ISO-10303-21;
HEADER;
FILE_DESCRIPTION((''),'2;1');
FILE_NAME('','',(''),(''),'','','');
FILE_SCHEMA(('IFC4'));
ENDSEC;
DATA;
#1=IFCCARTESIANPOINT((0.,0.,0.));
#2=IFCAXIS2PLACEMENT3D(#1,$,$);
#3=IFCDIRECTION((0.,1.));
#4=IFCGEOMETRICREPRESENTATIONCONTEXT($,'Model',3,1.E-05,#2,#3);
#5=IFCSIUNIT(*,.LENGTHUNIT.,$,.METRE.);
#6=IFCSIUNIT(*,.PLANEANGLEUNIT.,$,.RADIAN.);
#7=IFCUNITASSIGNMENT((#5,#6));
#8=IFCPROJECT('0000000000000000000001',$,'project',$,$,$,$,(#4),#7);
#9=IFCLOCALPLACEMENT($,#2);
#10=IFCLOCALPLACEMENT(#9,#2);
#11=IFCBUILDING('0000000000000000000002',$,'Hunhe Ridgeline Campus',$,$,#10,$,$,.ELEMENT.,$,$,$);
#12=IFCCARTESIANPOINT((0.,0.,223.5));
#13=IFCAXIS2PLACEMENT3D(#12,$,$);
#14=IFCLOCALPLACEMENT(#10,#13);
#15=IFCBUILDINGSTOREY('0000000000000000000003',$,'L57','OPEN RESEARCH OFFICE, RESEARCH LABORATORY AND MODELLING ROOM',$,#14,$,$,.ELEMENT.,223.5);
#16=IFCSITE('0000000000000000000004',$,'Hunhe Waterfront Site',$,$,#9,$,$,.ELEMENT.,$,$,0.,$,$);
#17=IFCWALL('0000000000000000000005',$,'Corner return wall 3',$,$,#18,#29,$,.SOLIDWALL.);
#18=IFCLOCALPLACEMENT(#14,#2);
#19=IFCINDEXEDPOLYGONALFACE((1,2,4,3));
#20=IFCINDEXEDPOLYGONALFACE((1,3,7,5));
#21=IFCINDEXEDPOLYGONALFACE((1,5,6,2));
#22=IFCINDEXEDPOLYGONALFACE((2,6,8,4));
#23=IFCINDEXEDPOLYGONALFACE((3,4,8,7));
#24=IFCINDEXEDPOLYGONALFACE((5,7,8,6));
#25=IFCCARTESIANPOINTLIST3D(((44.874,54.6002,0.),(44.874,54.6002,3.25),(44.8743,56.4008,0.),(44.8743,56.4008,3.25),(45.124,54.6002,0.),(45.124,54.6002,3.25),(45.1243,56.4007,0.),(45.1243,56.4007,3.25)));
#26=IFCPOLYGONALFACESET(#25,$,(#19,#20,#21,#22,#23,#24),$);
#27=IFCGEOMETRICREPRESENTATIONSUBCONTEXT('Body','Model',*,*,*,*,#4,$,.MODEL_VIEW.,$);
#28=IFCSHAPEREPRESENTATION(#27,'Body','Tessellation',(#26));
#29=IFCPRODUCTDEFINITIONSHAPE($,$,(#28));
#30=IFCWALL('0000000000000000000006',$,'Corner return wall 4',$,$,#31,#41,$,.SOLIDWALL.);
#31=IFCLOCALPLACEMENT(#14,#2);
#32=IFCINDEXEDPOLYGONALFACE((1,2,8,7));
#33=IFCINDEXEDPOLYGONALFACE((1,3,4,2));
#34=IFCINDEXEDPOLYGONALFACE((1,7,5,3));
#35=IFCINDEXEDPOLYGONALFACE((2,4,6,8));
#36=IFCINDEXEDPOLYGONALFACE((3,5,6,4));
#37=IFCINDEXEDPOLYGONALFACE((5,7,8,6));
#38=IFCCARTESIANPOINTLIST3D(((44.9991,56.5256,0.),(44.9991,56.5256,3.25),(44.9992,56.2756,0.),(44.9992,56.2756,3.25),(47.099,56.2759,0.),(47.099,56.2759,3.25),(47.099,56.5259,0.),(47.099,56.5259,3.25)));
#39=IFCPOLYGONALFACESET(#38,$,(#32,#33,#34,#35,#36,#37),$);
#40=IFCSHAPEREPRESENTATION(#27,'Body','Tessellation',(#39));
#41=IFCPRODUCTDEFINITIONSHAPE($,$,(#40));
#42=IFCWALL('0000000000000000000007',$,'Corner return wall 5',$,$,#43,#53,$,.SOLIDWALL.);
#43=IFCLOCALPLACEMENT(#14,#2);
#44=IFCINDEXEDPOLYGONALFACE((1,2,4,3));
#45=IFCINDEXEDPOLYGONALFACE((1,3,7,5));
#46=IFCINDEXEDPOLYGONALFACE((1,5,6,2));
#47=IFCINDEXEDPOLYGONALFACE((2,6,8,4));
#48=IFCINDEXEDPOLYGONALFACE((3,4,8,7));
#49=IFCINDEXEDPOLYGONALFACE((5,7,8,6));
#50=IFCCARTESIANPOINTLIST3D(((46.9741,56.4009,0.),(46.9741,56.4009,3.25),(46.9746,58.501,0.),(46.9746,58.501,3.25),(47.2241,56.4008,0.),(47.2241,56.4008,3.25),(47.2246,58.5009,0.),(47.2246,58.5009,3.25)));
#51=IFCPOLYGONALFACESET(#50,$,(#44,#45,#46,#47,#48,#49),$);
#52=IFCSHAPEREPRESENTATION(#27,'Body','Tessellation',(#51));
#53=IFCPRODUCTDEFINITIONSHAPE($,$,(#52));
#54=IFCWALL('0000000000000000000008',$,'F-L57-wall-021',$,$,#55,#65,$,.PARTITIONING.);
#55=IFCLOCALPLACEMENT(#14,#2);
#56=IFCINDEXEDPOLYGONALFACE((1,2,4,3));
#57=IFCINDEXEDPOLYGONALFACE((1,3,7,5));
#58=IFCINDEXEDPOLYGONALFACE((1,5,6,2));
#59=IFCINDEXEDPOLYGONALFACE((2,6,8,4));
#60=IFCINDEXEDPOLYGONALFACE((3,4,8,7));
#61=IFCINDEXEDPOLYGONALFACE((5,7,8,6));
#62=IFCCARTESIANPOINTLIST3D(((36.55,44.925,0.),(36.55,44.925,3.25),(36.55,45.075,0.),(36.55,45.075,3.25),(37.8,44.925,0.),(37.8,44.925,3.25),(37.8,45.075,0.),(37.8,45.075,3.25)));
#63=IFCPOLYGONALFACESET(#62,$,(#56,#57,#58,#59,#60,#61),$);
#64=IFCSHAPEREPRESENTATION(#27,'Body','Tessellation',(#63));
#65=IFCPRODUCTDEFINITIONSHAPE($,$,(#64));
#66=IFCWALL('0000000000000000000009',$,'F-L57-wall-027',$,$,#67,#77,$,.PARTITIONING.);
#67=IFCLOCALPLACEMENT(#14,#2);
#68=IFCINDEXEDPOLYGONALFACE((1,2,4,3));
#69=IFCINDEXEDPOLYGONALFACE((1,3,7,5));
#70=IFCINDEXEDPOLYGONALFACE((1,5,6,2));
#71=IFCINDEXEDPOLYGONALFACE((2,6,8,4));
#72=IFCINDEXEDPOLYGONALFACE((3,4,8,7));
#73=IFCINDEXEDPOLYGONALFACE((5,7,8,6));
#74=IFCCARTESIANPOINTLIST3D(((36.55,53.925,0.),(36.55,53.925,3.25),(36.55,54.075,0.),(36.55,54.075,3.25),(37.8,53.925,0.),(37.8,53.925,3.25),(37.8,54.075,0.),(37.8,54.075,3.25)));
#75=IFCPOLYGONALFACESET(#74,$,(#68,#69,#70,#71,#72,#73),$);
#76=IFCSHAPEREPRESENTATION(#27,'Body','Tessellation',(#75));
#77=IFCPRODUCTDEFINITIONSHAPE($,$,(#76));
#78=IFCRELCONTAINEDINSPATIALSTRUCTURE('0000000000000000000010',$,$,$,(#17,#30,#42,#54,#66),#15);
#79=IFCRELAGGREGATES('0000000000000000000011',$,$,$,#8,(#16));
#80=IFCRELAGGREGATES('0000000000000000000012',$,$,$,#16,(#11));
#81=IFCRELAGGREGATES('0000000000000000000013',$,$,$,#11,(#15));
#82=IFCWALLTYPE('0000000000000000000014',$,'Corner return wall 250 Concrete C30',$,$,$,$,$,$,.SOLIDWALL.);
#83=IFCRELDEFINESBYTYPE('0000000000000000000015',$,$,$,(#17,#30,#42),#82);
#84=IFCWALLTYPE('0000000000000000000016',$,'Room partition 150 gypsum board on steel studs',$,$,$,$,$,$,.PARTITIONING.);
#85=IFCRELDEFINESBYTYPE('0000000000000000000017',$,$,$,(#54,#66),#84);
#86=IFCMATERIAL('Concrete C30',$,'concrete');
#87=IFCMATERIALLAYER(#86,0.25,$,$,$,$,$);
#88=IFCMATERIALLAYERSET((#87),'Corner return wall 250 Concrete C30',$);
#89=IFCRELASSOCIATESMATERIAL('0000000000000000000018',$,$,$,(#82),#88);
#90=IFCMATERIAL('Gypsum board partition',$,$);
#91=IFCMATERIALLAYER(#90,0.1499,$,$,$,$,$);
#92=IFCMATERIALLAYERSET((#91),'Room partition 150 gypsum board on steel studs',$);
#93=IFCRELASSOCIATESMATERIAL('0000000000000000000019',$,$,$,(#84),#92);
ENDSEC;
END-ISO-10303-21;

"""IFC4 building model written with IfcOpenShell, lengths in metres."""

from ifc_helpers import new_model, si_unit, direction, frame, frame_2d, origin, place, context, subcontext, project, spatial, rectangle, extrude, material, layer, layer_set, type_object, element, save


model = new_model("IFC4")

# Units and contexts
model_context = context("Model", 3, precision=1e-05, world=origin(), true_north=direction((0.0, 1.0)))
body_context = subcontext(model_context, "Body", "Model", "MODEL_VIEW")
ifc_project = project(units=[si_unit("LENGTHUNIT", "METRE"), si_unit("PLANEANGLEUNIT", "RADIAN")], contexts=[model_context])

# Site, building, storey
site_placement = place(None, origin())
site = spatial("IfcSite", under=ifc_project, at=site_placement, Name="Hunhe Waterfront Site", CompositionType="ELEMENT", RefElevation=0.0)
building_placement = place(site_placement, origin())
building = spatial("IfcBuilding", under=site, at=building_placement, Name="Hunhe Ridgeline Campus", CompositionType="ELEMENT")
storey_placement = place(building_placement, frame((0.0, 0.0, 223.5)))
storey = spatial("IfcBuildingStorey", under=building, at=storey_placement, Name="L57", Description="OPEN RESEARCH OFFICE, RESEARCH LABORATORY AND MODELLING ROOM", CompositionType="ELEMENT", Elevation=223.5)

# Walls
ifc_material_1 = material(Name="Concrete C30", Category="concrete")
ifc_layer_1 = layer(ifc_material_1, 0.25)
ifc_layer_set_1 = layer_set([ifc_layer_1], Name="Corner return wall 250 Concrete C30")
wall_type_1 = type_object("IfcWallType", Name="Corner return wall 250 Concrete C30", PredefinedType="SOLIDWALL", material=ifc_layer_set_1)
wall_1_placement = place(storey_placement, frame((44.999, 54.6001, 0.0), z_axis=(0.0, 0.0, 1.0), x_axis=(0.000136, 1.0, 0.0)))
element("IfcWall", 1, at=wall_1_placement, inside=storey, type_object=wall_type_1, Name="Corner return wall 3", PredefinedType="SOLIDWALL", context=body_context, shape_type="SweptSolid", body=[
    extrude(rectangle(XDim=1.8005, YDim=0.25, at=frame_2d((0.9004, 0.0))), origin(), (0.0, 0.0, 1.0), 3.25),
])
wall_2_placement = place(storey_placement, frame((44.9993, 56.4006, 0.0), z_axis=(0.0, 0.0, 1.0), x_axis=(1.0, 0.000116, 0.0)))
element("IfcWall", 2, at=wall_2_placement, inside=storey, type_object=wall_type_1, Name="Corner return wall 4", PredefinedType="SOLIDWALL", context=body_context, shape_type="SweptSolid", body=[
    extrude(rectangle(XDim=2.0999, YDim=0.25, at=frame_2d((1.0498, 0.0))), origin(), (0.0, 0.0, 1.0), 3.25),
])
wall_3_placement = place(storey_placement, frame((47.0991, 56.4009, 0.0), z_axis=(0.0, 0.0, 1.0), x_axis=(0.000233, 1.0, 0.0)))
element("IfcWall", 3, at=wall_3_placement, inside=storey, type_object=wall_type_1, Name="Corner return wall 5", PredefinedType="SOLIDWALL", context=body_context, shape_type="SweptSolid", body=[
    extrude(rectangle(XDim=2.1001, YDim=0.25, at=frame_2d((1.05, 0.0))), origin(), (0.0, 0.0, 1.0), 3.25),
])
ifc_material_2 = material(Name="Gypsum board partition")
ifc_layer_2 = layer(ifc_material_2, 0.1499)
ifc_layer_set_2 = layer_set([ifc_layer_2], Name="Room partition 150 gypsum board on steel studs")
wall_type_2 = type_object("IfcWallType", Name="Room partition 150 gypsum board on steel studs", PredefinedType="PARTITIONING", material=ifc_layer_set_2)
for number, where, z_axis, x_axis, name in (
    (4, (36.55, 45.0, 0.0), (0.0, 0.0, 1.0), (1.0, 0.0, 0.0), "F-L57-wall-021"),
    (5, (36.55, 54.0, 0.0), (0.0, 0.0, 1.0), (1.0, 0.0, 0.0), "F-L57-wall-027"),
):
    element("IfcWall", number, at=place(storey_placement, frame(where, z_axis=z_axis, x_axis=x_axis)), inside=storey, type_object=wall_type_2, Name=name, PredefinedType="PARTITIONING", context=body_context, shape_type="SweptSolid", body=[
        extrude(rectangle(XDim=1.25, YDim=0.1499, at=frame_2d((0.625, 0.0))), origin(), (0.0, 0.0, 1.0), 3.25),
    ])

save(model, "model.ifc")
